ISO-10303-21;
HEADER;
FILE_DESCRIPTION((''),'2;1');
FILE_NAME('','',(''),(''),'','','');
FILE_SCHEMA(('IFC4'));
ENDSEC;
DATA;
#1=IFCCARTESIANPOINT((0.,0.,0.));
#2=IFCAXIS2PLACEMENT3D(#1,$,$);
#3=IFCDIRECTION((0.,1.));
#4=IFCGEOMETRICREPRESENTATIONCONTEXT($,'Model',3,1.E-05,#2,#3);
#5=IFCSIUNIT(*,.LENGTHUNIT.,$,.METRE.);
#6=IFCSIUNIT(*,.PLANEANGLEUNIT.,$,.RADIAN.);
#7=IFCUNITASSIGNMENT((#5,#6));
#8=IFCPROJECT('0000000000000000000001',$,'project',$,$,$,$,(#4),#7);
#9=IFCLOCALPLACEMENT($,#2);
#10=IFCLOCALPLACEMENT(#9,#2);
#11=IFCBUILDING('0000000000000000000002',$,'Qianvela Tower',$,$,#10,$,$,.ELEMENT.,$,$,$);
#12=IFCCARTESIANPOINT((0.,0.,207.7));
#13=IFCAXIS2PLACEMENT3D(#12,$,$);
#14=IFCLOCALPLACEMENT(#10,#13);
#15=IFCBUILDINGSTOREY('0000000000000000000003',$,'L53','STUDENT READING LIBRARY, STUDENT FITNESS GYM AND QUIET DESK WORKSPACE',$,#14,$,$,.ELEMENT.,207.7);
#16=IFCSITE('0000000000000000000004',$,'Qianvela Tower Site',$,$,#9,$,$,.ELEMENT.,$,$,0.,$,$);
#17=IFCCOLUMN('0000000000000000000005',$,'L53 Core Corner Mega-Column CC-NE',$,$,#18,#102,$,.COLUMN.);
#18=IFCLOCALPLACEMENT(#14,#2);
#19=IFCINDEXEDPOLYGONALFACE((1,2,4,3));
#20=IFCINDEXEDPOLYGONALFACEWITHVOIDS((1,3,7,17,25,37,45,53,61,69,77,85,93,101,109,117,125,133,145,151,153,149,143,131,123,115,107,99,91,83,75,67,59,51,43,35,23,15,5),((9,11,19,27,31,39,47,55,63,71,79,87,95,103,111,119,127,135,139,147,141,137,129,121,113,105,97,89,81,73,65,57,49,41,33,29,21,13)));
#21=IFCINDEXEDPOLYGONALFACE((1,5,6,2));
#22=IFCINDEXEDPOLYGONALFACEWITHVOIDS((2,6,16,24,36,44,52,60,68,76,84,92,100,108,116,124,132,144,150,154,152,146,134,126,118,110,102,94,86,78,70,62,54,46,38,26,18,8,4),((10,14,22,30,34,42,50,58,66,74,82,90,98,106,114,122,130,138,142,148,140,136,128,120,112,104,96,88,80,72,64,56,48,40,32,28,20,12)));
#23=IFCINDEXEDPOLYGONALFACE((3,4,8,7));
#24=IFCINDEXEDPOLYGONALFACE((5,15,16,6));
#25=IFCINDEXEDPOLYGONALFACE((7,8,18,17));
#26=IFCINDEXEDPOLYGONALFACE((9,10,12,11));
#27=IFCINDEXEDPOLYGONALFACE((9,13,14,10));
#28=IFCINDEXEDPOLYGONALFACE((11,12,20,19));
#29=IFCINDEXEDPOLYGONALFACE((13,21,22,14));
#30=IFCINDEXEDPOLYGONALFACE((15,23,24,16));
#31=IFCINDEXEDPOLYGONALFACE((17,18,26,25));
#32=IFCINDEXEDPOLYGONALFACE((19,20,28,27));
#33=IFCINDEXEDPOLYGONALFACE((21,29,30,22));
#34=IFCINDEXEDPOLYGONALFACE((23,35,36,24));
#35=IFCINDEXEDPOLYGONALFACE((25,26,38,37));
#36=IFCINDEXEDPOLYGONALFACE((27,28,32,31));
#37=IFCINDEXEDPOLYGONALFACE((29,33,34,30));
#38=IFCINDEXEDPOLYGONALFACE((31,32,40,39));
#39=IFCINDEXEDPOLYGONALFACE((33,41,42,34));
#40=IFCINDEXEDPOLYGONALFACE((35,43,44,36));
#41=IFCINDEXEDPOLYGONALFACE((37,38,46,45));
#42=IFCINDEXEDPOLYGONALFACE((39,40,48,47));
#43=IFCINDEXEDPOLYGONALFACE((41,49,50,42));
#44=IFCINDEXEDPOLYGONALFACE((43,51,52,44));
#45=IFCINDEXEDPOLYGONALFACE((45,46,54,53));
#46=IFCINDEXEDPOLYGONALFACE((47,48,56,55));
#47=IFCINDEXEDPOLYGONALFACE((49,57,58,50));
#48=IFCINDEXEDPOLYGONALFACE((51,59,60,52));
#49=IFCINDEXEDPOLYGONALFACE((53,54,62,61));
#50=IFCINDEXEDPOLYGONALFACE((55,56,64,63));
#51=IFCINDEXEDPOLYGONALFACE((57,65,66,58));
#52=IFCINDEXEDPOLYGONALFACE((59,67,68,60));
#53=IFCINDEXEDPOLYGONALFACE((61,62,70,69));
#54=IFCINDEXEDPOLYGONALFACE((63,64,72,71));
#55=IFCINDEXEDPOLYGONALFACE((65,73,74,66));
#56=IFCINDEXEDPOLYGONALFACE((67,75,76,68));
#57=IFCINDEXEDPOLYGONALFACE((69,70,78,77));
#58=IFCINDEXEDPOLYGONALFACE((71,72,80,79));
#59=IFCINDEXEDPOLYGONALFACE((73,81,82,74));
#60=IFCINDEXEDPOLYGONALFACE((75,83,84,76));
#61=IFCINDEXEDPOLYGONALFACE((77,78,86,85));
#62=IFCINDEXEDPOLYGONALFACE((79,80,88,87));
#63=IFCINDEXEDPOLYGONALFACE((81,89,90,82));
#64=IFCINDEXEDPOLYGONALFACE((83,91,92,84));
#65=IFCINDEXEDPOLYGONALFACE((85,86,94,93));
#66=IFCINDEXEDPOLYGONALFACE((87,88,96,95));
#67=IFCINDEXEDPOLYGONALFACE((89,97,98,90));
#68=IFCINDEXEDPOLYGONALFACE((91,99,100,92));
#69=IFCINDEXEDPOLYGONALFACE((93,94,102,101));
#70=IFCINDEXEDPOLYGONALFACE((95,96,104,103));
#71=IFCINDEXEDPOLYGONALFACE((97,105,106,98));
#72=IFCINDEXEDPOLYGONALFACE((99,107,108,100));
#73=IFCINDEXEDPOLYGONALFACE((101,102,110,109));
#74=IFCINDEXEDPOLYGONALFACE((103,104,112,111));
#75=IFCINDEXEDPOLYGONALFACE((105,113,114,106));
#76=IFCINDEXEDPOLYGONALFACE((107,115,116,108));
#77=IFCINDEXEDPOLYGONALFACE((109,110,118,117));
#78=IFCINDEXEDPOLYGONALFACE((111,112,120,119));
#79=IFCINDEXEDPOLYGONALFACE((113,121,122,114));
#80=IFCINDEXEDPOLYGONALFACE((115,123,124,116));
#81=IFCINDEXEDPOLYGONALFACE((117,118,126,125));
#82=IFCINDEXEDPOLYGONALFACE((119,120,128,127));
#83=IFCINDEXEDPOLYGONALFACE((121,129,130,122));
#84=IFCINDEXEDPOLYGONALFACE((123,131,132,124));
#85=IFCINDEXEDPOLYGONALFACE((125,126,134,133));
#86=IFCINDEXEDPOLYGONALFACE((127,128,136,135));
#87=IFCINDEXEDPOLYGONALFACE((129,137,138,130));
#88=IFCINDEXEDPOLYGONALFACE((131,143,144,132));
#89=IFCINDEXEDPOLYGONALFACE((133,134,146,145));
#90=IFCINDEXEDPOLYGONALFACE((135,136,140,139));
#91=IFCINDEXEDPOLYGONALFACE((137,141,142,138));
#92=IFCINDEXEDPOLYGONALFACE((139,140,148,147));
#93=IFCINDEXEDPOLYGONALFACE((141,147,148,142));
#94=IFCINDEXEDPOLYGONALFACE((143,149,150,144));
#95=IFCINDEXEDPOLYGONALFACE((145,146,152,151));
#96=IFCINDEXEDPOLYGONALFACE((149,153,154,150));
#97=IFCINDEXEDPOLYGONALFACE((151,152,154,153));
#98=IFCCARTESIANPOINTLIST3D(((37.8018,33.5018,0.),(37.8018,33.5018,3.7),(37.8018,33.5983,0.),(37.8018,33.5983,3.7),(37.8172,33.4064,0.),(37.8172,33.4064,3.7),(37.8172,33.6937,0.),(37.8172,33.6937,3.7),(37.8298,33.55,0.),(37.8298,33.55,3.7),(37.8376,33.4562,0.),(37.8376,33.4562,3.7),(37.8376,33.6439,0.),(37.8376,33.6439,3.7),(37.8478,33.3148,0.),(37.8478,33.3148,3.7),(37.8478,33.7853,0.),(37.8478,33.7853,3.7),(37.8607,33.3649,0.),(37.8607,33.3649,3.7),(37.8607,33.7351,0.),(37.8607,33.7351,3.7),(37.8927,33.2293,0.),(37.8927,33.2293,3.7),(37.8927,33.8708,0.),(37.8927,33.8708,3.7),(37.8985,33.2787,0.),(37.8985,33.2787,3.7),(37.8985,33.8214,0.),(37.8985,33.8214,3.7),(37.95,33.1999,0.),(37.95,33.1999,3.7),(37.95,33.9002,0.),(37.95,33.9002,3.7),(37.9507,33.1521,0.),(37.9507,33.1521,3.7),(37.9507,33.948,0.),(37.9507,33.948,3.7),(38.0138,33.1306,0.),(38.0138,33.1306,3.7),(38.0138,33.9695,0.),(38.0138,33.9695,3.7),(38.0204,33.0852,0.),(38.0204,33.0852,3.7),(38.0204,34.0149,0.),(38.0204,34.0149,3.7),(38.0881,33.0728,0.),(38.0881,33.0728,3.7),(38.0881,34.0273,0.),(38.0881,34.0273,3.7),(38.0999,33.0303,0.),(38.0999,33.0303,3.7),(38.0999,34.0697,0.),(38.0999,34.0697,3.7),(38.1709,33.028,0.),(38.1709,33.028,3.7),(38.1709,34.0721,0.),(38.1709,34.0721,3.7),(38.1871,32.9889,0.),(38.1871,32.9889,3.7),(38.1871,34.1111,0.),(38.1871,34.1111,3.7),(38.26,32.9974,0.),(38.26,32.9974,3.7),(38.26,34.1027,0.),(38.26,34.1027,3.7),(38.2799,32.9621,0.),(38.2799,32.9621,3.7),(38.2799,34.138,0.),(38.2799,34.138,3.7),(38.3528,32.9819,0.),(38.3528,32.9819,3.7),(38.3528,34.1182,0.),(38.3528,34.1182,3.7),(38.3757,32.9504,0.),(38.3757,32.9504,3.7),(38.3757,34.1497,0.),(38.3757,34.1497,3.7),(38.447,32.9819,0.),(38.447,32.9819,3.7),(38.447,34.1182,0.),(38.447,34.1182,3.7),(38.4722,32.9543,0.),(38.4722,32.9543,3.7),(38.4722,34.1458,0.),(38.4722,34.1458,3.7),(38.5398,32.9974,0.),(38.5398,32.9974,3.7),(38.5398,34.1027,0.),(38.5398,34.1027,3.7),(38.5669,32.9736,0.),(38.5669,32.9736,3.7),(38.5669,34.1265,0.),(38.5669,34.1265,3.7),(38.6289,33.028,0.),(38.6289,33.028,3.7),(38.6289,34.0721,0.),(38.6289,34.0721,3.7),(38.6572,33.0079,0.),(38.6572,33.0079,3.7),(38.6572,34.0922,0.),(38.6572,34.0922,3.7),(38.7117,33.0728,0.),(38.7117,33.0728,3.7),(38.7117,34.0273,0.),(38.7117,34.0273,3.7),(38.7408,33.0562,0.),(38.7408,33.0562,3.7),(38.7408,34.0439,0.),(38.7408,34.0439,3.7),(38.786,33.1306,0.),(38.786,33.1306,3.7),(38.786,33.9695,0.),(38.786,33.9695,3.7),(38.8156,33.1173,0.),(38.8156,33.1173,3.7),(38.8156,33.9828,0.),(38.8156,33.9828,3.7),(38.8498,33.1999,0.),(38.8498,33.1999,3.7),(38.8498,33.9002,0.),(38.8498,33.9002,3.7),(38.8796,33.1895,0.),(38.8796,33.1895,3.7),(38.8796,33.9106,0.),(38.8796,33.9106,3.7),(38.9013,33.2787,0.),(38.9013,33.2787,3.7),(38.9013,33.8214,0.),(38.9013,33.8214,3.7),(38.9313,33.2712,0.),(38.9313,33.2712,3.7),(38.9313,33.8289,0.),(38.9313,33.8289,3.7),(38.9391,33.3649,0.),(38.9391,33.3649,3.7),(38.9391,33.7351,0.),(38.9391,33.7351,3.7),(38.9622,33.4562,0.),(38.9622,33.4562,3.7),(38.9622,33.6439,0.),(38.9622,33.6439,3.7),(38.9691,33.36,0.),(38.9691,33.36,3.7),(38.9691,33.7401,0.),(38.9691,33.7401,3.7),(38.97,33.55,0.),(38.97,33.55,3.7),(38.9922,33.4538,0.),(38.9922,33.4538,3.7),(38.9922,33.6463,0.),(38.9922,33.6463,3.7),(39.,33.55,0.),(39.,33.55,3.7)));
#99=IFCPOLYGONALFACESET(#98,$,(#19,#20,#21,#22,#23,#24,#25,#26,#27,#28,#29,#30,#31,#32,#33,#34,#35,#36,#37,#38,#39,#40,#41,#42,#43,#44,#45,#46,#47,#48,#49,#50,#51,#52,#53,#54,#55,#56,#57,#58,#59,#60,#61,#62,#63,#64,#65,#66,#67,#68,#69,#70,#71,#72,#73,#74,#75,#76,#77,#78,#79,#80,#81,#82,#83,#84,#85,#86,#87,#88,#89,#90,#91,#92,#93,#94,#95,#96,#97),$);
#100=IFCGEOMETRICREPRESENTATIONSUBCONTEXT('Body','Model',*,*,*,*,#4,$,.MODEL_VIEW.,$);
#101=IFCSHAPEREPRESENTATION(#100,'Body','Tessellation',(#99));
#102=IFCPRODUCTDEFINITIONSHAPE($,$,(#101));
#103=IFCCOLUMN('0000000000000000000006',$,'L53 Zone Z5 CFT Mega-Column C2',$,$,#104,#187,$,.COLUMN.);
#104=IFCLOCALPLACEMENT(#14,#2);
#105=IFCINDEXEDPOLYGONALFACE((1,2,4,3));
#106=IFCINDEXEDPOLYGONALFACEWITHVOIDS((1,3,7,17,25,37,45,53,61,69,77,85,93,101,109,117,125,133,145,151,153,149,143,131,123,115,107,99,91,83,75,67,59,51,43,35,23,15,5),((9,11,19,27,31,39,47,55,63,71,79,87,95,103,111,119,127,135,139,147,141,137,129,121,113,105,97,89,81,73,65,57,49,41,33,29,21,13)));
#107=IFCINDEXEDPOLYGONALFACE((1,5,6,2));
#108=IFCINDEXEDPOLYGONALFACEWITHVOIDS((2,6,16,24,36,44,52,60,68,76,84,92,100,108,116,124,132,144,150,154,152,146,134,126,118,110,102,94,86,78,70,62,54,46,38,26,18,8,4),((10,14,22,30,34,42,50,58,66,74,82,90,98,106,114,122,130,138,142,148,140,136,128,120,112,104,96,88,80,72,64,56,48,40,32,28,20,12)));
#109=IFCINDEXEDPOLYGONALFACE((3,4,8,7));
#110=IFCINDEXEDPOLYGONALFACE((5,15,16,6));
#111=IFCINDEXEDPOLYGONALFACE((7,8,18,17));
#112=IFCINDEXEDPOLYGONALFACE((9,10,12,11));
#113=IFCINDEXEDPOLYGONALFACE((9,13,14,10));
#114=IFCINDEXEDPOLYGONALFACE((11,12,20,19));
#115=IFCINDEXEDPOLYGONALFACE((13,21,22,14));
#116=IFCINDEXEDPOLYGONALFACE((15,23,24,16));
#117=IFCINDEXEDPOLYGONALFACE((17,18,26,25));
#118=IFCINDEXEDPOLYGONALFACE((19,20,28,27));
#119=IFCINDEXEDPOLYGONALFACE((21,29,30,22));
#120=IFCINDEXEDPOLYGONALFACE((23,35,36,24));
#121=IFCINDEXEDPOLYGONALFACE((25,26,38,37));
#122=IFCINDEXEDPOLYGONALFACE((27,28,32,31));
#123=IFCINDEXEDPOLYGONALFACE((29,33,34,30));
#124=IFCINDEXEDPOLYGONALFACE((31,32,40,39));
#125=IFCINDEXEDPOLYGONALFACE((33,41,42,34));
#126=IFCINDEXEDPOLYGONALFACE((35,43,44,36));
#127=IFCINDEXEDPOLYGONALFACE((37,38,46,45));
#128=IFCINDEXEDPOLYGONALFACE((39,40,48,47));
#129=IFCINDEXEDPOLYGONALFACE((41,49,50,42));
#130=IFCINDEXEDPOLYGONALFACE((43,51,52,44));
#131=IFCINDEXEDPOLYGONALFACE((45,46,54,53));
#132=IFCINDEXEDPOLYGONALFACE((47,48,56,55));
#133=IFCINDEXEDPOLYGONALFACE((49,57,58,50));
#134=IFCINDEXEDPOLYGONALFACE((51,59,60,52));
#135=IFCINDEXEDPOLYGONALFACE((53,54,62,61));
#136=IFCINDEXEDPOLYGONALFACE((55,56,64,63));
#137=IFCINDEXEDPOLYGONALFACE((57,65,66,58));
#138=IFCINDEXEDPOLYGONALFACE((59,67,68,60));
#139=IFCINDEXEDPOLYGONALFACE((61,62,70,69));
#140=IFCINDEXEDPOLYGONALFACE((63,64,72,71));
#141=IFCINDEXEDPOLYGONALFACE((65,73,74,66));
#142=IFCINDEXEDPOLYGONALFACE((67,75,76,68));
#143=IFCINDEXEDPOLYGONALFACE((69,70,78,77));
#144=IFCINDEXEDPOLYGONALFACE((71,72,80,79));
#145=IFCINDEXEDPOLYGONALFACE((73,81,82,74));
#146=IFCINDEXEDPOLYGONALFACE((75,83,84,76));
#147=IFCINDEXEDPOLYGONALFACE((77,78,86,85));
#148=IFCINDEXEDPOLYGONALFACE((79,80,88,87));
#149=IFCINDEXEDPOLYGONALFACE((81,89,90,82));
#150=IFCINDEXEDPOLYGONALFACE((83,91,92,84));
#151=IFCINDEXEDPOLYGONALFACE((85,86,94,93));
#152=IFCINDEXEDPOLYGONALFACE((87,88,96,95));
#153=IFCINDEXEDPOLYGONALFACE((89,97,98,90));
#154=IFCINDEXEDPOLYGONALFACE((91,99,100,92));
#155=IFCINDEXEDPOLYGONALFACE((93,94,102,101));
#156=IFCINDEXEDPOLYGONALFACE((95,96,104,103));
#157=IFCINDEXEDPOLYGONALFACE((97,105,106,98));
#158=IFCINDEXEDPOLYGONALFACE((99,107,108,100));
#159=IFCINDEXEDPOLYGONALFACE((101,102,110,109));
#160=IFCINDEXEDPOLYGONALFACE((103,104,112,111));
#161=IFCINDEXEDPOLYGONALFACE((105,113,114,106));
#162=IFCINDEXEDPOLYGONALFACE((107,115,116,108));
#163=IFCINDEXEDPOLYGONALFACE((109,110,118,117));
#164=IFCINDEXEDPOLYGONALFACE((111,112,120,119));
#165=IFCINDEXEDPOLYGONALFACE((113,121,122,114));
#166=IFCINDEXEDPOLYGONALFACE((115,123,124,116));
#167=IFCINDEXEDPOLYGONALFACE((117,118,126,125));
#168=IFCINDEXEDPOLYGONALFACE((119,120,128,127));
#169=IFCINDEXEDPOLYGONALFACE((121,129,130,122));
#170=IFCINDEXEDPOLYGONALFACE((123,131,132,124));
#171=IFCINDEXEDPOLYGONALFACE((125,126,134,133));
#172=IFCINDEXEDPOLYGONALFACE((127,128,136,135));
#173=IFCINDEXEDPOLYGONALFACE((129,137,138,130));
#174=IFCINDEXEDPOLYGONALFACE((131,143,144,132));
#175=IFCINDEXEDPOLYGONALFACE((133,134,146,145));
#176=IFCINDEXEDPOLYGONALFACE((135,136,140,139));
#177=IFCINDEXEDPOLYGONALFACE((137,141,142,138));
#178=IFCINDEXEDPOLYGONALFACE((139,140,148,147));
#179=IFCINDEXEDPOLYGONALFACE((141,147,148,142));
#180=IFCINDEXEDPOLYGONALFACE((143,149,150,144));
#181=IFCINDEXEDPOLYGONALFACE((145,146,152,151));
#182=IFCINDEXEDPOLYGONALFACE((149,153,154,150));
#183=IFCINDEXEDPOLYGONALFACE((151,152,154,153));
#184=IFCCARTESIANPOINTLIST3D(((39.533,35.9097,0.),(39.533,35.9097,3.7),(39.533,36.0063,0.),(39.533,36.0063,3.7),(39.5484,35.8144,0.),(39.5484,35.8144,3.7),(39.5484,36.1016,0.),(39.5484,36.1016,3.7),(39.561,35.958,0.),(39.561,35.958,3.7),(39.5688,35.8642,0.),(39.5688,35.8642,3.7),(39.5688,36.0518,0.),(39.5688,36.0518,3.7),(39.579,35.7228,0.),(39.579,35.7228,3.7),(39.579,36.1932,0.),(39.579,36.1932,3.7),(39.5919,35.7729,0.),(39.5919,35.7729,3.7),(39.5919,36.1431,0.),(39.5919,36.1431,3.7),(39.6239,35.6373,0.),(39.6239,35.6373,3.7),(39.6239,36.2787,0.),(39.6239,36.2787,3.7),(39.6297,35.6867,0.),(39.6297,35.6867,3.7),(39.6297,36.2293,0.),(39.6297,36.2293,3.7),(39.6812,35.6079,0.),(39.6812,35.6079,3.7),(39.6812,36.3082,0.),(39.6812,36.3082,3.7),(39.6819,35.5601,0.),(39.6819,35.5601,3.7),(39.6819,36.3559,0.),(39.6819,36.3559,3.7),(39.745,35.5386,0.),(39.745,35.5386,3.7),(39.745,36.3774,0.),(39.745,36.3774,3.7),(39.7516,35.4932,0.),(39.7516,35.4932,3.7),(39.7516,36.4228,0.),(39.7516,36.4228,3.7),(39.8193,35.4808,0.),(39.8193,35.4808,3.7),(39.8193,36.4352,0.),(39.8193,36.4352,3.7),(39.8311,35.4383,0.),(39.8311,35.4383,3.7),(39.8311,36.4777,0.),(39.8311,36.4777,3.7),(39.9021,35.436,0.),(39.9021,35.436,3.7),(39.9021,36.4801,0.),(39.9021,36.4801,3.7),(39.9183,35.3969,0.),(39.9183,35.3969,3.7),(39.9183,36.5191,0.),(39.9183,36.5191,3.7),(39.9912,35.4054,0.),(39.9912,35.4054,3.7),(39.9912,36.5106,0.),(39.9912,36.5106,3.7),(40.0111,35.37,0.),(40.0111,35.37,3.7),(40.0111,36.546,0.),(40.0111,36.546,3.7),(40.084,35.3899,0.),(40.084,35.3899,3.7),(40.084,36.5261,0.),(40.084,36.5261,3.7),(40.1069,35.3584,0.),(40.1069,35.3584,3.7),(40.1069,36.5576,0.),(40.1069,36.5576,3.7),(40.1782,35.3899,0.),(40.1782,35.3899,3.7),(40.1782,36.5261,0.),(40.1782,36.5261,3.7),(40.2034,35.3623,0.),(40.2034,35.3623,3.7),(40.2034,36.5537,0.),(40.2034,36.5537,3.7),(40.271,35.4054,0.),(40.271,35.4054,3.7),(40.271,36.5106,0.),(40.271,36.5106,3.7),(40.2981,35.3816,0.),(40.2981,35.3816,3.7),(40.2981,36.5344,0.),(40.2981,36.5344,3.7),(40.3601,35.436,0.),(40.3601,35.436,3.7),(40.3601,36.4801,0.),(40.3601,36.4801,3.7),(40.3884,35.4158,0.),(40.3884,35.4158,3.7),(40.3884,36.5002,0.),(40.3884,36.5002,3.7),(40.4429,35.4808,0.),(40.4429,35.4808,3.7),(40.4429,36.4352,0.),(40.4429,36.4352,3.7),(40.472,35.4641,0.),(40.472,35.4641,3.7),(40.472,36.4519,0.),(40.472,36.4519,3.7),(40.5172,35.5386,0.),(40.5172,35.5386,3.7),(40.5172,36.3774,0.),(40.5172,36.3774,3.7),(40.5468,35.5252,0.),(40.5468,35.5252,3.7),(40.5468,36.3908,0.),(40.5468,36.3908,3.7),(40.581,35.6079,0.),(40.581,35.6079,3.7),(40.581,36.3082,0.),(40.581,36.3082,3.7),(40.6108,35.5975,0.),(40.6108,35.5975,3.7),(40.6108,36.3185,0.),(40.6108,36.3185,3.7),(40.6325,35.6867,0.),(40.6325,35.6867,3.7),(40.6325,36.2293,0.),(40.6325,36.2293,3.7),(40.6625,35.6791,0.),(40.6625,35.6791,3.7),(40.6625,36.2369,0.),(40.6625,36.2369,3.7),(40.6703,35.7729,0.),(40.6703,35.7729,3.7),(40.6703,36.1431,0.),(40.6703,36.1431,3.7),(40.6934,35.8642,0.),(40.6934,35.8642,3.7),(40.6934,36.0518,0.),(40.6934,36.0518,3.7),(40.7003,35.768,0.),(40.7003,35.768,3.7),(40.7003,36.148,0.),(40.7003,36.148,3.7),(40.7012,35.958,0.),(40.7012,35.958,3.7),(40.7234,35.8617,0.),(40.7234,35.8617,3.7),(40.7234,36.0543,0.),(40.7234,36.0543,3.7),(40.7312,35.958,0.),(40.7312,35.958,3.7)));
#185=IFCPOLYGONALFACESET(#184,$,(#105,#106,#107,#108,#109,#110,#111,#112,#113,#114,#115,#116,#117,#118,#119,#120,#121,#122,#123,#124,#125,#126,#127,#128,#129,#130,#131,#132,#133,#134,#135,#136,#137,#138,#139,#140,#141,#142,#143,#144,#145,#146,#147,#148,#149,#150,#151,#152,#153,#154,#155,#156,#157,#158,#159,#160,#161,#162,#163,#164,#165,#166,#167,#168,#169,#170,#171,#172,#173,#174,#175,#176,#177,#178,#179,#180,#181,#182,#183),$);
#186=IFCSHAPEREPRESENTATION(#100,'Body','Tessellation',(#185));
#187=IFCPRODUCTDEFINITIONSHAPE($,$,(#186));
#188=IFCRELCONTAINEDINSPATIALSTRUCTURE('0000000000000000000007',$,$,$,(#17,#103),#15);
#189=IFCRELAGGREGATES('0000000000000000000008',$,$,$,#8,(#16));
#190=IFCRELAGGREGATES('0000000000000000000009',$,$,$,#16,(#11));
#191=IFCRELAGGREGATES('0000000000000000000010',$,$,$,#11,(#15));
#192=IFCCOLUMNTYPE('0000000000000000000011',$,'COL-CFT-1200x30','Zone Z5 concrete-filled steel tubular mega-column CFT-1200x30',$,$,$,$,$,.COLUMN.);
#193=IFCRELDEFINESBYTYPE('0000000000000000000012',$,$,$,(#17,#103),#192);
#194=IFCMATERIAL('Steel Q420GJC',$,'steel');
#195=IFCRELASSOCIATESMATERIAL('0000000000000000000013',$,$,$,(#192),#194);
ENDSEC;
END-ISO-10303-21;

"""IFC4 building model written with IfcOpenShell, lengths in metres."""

from ifc_helpers import new_model, si_unit, direction, frame, origin, origin_2d, place, context, subcontext, project, spatial, hollow_circle, extrude, material, material_profile, profile_set, type_object, element, save


model = new_model("IFC4")

# Units and contexts
model_context = context("Model", 3, precision=1e-05, world=origin(), true_north=direction((0.0, 1.0)))
body_context = subcontext(model_context, "Body", "Model", "MODEL_VIEW")
ifc_project = project(units=[si_unit("LENGTHUNIT", "METRE"), si_unit("PLANEANGLEUNIT", "RADIAN")], contexts=[model_context])

# Site, building, storey
site_placement = place(None, origin())
site = spatial("IfcSite", under=ifc_project, at=site_placement, Name="Qianvela Tower Site", CompositionType="ELEMENT", RefElevation=0.0)
building_placement = place(site_placement, origin())
building = spatial("IfcBuilding", under=site, at=building_placement, Name="Qianvela Tower", CompositionType="ELEMENT")
storey_placement = place(building_placement, frame((0.0, 0.0, 207.7)))
storey = spatial("IfcBuildingStorey", under=building, at=storey_placement, Name="L53", Description="STUDENT READING LIBRARY, STUDENT FITNESS GYM AND QUIET DESK WORKSPACE", CompositionType="ELEMENT", Elevation=207.7)

# Columns
ifc_material_1 = material(Name="Steel Q420GJC", Category="steel")
ifc_material_profile_1 = material_profile(ifc_material_1, hollow_circle(Radius=0.6001, WallThickness=0.03, at=origin_2d()), Name="CFT-1200x30")
ifc_profile_set_1 = profile_set([ifc_material_profile_1], Name="Steel Q420GJC")
column_type = type_object("IfcColumnType", Name="COL-CFT-1200x30", Description="Zone Z5 concrete-filled steel tubular mega-column CFT-1200x30", PredefinedType="COLUMN", material=ifc_profile_set_1)
for number, where, z_axis, x_axis, name in (
    (1, (38.3999, 33.55, 0.0), (0.0, 0.0, 1.0), (1.0, 0.0, 0.0), "L53 Core Corner Mega-Column CC-NE"),
    (2, (40.1311, 35.958, 0.0), (0.0, 0.0, 1.0), (1.0, 0.0, 0.0), "L53 Zone Z5 CFT Mega-Column C2"),
):
    element("IfcColumn", number, at=place(storey_placement, frame(where, z_axis=z_axis, x_axis=x_axis)), inside=storey, type_object=column_type, Name=name, PredefinedType="COLUMN", context=body_context, shape_type="SweptSolid", body=[
        extrude(hollow_circle(Radius=0.6001, WallThickness=0.03, at=origin_2d()), origin(), (0.0, 0.0, 1.0), 3.7),
    ])

save(model, "model.ifc")
